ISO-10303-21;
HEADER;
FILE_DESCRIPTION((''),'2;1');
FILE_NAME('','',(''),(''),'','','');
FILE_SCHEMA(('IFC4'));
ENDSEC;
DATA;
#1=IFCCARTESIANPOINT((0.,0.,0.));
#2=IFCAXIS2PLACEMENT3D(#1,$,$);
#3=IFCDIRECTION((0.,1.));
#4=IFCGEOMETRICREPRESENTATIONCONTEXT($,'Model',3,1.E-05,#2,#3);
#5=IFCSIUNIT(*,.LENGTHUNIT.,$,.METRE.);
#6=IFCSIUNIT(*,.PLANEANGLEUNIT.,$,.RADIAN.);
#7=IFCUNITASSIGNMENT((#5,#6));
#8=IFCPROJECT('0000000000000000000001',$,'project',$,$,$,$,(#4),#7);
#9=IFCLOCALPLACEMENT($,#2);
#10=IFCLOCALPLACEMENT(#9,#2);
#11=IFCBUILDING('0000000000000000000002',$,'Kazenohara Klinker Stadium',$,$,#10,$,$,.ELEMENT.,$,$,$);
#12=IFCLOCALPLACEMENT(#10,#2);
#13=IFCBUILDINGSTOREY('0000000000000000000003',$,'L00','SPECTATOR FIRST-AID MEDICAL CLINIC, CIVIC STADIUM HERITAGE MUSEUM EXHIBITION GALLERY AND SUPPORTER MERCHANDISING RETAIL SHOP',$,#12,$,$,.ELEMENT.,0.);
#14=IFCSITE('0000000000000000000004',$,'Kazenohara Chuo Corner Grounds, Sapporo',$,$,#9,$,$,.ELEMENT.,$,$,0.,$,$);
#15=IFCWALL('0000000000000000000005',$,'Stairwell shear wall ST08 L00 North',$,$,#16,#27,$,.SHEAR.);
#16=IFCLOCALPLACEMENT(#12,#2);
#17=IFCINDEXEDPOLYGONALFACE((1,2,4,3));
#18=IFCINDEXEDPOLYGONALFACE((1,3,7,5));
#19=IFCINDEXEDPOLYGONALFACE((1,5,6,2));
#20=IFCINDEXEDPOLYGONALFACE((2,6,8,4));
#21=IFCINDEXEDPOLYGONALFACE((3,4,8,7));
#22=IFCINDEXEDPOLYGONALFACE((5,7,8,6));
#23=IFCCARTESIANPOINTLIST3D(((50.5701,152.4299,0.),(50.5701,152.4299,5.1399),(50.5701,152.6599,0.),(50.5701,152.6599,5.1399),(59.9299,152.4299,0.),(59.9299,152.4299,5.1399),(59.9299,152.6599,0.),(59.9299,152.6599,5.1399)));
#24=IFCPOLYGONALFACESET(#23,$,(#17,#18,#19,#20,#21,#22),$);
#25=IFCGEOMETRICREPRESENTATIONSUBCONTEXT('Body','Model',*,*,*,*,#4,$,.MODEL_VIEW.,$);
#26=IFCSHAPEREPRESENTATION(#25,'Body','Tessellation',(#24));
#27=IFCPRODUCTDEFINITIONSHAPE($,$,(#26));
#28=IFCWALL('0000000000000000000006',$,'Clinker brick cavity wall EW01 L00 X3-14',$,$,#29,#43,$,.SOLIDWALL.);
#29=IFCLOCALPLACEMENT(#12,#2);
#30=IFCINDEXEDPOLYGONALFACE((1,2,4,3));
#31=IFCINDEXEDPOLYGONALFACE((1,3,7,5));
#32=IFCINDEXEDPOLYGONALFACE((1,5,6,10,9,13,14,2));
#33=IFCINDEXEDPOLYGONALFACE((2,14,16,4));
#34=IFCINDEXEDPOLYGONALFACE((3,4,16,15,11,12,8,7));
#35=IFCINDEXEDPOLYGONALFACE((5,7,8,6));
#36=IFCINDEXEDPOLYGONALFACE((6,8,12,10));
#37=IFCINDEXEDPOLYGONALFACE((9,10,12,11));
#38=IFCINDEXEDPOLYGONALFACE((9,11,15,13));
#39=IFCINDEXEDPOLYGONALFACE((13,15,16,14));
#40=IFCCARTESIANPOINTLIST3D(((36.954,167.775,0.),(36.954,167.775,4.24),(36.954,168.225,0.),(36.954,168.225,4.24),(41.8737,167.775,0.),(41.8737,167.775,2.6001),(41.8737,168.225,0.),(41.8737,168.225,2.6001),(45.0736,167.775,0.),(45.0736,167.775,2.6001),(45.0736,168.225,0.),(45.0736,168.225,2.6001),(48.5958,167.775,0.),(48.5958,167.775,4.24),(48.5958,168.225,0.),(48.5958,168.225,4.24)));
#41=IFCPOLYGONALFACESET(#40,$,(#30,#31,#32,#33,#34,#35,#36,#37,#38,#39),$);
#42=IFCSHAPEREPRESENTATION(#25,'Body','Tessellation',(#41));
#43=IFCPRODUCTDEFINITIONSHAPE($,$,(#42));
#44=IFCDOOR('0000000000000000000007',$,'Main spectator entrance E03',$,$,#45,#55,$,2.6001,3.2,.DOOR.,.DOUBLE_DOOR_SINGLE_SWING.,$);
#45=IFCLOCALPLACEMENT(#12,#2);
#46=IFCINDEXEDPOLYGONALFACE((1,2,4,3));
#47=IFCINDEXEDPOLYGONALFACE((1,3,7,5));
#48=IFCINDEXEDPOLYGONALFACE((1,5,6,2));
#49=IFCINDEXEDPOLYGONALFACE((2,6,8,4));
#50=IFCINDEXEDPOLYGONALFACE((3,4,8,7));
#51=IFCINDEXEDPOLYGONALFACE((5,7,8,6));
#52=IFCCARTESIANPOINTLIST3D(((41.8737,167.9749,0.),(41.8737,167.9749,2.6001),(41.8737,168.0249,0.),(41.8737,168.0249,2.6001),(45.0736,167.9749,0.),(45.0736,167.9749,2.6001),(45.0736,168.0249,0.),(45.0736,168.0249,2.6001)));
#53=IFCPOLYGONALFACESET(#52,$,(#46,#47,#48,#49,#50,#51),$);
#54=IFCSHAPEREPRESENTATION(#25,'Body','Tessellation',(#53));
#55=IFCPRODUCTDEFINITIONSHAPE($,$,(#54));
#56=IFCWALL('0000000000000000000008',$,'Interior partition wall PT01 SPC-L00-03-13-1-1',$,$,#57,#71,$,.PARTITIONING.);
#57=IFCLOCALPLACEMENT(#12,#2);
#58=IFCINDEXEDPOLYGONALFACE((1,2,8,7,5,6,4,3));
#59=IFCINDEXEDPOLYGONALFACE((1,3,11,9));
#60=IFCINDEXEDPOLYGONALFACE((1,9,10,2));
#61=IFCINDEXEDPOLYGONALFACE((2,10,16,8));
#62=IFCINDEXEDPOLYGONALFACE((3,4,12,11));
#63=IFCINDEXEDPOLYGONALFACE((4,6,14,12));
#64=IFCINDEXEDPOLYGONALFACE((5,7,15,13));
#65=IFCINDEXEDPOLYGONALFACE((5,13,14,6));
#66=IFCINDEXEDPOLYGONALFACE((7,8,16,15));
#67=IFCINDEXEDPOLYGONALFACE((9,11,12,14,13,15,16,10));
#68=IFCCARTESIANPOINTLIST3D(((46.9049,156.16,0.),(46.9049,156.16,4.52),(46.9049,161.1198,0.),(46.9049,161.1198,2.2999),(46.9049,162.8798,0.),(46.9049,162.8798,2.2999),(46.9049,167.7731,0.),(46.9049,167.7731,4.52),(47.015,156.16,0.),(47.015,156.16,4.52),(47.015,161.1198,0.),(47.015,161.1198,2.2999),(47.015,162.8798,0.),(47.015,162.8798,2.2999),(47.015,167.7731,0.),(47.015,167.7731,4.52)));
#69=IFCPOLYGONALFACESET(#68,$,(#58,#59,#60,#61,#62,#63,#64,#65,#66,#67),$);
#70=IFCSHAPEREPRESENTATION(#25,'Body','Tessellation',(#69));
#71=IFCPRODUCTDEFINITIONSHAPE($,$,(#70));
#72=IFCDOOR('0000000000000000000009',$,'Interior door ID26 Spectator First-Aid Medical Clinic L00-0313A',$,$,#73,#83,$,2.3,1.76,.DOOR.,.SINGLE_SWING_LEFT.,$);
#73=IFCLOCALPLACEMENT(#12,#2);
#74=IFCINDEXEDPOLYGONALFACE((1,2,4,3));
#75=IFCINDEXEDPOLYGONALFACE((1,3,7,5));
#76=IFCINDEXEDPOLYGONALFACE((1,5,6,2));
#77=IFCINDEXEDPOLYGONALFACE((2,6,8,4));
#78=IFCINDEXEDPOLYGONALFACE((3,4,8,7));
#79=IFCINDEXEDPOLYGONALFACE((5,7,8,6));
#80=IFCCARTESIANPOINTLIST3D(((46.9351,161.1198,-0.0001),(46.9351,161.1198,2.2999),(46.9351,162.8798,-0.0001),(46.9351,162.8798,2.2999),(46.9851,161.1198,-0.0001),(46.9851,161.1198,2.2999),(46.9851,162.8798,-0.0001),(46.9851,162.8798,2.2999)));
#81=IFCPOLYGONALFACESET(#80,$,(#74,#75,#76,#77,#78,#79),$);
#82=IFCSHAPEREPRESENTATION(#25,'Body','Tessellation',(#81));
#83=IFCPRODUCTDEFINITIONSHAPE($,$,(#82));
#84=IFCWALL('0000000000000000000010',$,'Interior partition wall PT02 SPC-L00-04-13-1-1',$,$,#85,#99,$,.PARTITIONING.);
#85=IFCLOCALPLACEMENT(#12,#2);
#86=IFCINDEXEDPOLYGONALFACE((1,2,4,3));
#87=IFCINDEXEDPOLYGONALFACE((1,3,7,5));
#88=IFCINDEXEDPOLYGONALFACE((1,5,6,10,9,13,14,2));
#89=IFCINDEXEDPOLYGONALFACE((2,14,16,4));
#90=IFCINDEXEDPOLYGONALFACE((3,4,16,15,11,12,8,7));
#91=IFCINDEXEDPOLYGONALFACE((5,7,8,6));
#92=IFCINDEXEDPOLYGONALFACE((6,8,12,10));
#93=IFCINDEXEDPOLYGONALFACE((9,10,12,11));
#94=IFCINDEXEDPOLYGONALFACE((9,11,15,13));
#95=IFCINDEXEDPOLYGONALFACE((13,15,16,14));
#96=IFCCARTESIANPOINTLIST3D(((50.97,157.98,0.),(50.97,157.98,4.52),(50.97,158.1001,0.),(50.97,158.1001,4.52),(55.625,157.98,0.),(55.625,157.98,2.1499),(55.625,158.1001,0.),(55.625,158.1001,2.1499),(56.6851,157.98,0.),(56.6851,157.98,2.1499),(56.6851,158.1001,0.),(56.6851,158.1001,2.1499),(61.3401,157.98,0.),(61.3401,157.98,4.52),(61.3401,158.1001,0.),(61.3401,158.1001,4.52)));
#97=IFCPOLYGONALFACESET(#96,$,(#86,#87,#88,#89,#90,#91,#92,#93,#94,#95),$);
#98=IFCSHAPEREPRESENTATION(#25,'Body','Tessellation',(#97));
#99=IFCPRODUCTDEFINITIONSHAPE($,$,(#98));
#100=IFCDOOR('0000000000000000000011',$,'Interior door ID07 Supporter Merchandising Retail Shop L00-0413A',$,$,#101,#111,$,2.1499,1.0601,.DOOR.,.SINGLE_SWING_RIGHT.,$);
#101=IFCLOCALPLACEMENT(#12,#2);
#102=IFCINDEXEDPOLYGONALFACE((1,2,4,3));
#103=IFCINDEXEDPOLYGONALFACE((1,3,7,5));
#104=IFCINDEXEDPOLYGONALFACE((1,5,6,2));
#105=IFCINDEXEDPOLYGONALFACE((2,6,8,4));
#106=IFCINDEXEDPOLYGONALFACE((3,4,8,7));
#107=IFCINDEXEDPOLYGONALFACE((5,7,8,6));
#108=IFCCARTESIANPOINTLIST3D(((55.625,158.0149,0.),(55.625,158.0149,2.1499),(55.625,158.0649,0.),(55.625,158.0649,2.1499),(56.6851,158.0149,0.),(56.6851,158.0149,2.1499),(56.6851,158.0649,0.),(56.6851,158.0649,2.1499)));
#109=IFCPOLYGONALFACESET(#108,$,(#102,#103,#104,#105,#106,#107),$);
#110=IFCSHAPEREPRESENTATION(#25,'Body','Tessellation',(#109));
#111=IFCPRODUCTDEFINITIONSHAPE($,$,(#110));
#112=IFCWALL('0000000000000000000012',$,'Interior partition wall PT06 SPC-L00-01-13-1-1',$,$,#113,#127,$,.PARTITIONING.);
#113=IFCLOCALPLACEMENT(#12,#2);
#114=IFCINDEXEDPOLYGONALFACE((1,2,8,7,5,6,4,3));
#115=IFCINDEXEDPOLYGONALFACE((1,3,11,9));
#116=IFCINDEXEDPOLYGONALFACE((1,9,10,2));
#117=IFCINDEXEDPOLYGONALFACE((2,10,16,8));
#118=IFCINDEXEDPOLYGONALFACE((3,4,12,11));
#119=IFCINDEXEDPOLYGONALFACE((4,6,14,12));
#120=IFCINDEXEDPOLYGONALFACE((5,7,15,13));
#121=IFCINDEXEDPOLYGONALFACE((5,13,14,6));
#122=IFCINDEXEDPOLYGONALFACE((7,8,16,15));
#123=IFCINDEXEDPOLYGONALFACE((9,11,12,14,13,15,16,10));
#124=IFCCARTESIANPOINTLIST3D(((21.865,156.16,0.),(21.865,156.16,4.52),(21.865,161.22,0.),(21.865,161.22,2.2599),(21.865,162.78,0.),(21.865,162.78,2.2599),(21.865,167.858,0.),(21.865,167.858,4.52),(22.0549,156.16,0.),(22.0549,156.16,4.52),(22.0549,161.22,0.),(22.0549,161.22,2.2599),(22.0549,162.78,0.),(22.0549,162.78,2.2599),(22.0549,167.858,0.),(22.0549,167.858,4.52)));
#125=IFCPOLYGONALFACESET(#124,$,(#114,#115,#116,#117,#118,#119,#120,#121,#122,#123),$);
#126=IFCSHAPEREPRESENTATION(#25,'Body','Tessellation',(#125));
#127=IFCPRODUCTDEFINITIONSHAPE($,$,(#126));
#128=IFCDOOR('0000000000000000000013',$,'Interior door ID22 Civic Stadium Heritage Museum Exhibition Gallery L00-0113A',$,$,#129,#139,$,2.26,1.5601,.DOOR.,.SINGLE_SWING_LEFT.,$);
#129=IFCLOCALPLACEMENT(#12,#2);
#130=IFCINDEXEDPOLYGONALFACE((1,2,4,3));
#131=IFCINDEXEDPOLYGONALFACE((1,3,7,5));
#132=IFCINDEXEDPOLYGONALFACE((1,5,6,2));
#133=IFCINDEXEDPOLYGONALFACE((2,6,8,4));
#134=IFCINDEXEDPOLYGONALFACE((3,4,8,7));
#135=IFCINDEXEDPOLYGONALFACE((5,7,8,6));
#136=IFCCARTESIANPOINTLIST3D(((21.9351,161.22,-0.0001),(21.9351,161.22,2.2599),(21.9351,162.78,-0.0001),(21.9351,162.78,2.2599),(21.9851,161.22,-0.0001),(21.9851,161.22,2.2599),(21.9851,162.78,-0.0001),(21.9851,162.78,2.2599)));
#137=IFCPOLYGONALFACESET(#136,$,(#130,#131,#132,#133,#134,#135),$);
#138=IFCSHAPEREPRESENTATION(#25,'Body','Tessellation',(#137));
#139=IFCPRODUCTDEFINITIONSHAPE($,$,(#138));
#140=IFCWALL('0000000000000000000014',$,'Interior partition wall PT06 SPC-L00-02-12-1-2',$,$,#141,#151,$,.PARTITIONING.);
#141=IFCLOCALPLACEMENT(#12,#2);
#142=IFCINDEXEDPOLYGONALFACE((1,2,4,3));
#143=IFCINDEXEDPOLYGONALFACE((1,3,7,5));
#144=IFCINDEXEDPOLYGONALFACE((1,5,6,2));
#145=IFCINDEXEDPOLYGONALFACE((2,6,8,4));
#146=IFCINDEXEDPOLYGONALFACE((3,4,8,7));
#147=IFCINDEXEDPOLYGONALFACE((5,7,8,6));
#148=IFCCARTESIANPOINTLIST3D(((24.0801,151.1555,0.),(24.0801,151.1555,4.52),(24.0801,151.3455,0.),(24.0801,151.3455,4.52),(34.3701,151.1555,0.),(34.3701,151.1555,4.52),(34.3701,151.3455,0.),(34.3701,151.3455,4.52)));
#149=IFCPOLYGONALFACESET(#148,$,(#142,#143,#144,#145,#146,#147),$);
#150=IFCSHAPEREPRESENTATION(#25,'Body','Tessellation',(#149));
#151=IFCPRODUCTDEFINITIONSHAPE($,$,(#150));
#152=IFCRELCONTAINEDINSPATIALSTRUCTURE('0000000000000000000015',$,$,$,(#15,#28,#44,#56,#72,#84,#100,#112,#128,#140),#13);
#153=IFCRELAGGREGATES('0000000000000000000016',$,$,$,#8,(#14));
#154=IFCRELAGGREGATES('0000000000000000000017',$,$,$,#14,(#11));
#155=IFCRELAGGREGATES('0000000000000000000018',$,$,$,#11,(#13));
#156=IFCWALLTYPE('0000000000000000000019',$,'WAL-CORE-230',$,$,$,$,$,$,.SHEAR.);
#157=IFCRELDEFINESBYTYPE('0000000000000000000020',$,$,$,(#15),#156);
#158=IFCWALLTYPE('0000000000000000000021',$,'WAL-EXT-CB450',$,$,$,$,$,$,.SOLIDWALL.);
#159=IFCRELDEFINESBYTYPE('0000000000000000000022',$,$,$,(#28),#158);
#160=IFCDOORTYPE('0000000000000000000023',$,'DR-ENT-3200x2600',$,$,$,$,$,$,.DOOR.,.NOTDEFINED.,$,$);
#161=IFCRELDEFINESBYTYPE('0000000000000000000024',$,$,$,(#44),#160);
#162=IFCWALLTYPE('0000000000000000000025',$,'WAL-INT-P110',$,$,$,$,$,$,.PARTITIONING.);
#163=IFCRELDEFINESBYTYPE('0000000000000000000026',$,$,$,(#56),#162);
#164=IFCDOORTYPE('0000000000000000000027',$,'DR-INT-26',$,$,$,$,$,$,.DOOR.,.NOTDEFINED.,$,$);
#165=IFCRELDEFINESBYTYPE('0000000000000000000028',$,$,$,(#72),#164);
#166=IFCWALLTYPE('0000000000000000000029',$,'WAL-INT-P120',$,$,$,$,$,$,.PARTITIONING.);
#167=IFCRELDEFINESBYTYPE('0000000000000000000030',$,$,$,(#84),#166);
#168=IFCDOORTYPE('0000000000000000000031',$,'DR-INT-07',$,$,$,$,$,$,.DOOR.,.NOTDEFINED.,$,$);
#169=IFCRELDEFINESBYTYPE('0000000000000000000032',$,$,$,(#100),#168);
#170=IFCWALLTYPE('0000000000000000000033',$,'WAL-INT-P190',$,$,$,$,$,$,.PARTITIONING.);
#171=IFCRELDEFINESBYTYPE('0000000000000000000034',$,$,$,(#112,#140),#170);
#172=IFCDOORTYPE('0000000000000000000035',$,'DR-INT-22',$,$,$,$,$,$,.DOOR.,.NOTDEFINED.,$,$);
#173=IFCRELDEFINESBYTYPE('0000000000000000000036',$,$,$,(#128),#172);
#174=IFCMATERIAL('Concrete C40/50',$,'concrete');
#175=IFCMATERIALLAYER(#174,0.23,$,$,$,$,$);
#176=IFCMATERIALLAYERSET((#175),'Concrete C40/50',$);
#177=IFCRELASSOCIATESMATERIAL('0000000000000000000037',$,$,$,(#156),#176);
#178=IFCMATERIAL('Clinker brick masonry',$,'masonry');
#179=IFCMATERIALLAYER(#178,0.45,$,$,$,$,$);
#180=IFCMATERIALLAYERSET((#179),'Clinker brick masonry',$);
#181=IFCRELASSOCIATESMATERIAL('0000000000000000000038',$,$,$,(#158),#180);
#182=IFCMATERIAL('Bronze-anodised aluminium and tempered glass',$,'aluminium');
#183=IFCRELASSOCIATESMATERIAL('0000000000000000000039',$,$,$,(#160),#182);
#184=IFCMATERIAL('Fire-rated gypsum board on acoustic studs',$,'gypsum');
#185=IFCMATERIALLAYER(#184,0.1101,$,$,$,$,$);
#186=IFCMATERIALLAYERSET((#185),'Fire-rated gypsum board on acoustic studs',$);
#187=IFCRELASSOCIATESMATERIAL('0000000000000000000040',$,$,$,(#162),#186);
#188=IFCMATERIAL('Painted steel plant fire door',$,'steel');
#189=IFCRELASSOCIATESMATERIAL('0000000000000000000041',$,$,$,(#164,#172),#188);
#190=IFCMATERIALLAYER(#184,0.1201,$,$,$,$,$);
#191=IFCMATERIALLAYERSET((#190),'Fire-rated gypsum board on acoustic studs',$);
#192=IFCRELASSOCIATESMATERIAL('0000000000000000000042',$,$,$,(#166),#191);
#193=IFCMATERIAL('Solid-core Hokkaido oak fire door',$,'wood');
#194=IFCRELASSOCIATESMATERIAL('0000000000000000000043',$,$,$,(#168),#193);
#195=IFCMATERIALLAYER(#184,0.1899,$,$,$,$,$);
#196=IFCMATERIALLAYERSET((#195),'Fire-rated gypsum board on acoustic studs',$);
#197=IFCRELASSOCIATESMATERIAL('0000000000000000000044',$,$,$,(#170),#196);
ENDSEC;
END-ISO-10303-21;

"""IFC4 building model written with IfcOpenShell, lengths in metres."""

from ifc_helpers import new_model, si_unit, direction, frame, frame_2d, origin, place, context, subcontext, project, spatial, rectangle, extrude, material, layer, layer_set, type_object, element, fill, save


model = new_model("IFC4")

# Units and contexts
model_context = context("Model", 3, precision=1e-05, world=origin(), true_north=direction((0.0, 1.0)))
body_context = subcontext(model_context, "Body", "Model", "MODEL_VIEW")
ifc_project = project(units=[si_unit("LENGTHUNIT", "METRE"), si_unit("PLANEANGLEUNIT", "RADIAN")], contexts=[model_context])

# Site, building, storey
site_placement = place(None, origin())
site = spatial("IfcSite", under=ifc_project, at=site_placement, Name="Kazenohara Chuo Corner Grounds, Sapporo", CompositionType="ELEMENT", RefElevation=0.0)
building_placement = place(site_placement, origin())
building = spatial("IfcBuilding", under=site, at=building_placement, Name="Kazenohara Klinker Stadium", CompositionType="ELEMENT")
storey_placement = place(building_placement, origin())
storey = spatial("IfcBuildingStorey", under=building, at=storey_placement, Name="L00", Description="SPECTATOR FIRST-AID MEDICAL CLINIC, CIVIC STADIUM HERITAGE MUSEUM EXHIBITION GALLERY AND SUPPORTER MERCHANDISING RETAIL SHOP", CompositionType="ELEMENT", Elevation=0.0)

# Shared definitions
ifc_material_1 = material(Name="Concrete C40/50", Category="concrete")

# Wall
ifc_layer_1 = layer(ifc_material_1, 0.23)
ifc_layer_set_1 = layer_set([ifc_layer_1], Name="Concrete C40/50")
wall_type_1 = type_object("IfcWallType", Name="WAL-CORE-230", PredefinedType="SHEAR", material=ifc_layer_set_1)
wall_1_placement = place(storey_placement, frame((50.5701, 152.5449, 0.0), z_axis=(0.0, 0.0, 1.0), x_axis=(1.0, 0.0, 0.0)))
element("IfcWall", 1, at=wall_1_placement, inside=storey, type_object=wall_type_1, Name="Stairwell shear wall ST08 L00 North", PredefinedType="SHEAR", context=body_context, shape_type="SweptSolid", body=[
    extrude(rectangle(XDim=9.3599, YDim=0.23, at=frame_2d((4.6799, 0.0))), origin(), (0.0, 0.0, 1.0), 5.1399),
])

# Walls, openings, doors
ifc_material_2 = material(Name="Clinker brick masonry", Category="masonry")
ifc_layer_2 = layer(ifc_material_2, 0.45)
ifc_layer_set_2 = layer_set([ifc_layer_2], Name="Clinker brick masonry")
wall_type_2 = type_object("IfcWallType", Name="WAL-EXT-CB450", PredefinedType="SOLIDWALL", material=ifc_layer_set_2)
wall_2_placement = place(storey_placement, frame((36.9541, 168.0, 0.0), z_axis=(0.0, 0.0, 1.0), x_axis=(1.0, 0.0, 0.0)))
wall_2 = element("IfcWall", 2, at=wall_2_placement, inside=storey, type_object=wall_type_2, Name="Clinker brick cavity wall EW01 L00 X3-14", PredefinedType="SOLIDWALL", context=body_context, shape_type="SweptSolid", body=[
    extrude(rectangle(XDim=11.6418, YDim=0.45, at=frame_2d((5.8208, 0.0))), origin(), (0.0, 0.0, 1.0), 4.24),
])
opening_1_placement = place(wall_2_placement, frame((4.9194, 0.0, 0.0)))
opening_1 = element("IfcOpeningElement", 3, at=opening_1_placement, cuts=wall_2, PredefinedType="OPENING", context=body_context, shape_type="SweptSolid", body=[
    extrude(rectangle(XDim=3.2, YDim=2.6001, at=frame_2d((1.6001, 1.3))), frame((0.0, 0.2349, 0.0), z_axis=(0.0, -1.0, 0.0), x_axis=(1.0, 0.0, 0.0)), (0.0, 0.0, 1.0), 0.47),
])
ifc_material_3 = material(Name="Bronze-anodised aluminium and tempered glass", Category="aluminium")
door_type_1 = type_object("IfcDoorType", Name="DR-ENT-3200x2600", OperationType="NOTDEFINED", PredefinedType="DOOR", material=ifc_material_3)
door_1_placement = place(opening_1_placement, origin())
door_1 = element("IfcDoor", 4, at=door_1_placement, inside=storey, type_object=door_type_1, Name="Main spectator entrance E03", OperationType="DOUBLE_DOOR_SINGLE_SWING", OverallHeight=2.6001, OverallWidth=3.2, PredefinedType="DOOR", context=body_context, shape_type="SweptSolid", body=[
    extrude(rectangle(XDim=3.2, YDim=2.6001, at=frame_2d((1.6001, 1.3))), frame((0.0, 0.0249, 0.0), z_axis=(0.0, -1.0, 0.0), x_axis=(1.0, 0.0, 0.0)), (0.0, 0.0, 1.0), 0.05),
])
fill(opening_1, door_1)
ifc_material_4 = material(Name="Fire-rated gypsum board on acoustic studs", Category="gypsum")
ifc_layer_3 = layer(ifc_material_4, 0.1101)
ifc_layer_set_3 = layer_set([ifc_layer_3], Name="Fire-rated gypsum board on acoustic studs")
wall_type_3 = type_object("IfcWallType", Name="WAL-INT-P110", PredefinedType="PARTITIONING", material=ifc_layer_set_3)
wall_3_placement = place(storey_placement, frame((46.96, 156.1599, 0.0), z_axis=(0.0, 0.0, 1.0), x_axis=(0.0, 1.0, 0.0)))
wall_3 = element("IfcWall", 5, at=wall_3_placement, inside=storey, type_object=wall_type_3, Name="Interior partition wall PT01 SPC-L00-03-13-1-1", PredefinedType="PARTITIONING", context=body_context, shape_type="SweptSolid", body=[
    extrude(rectangle(XDim=11.613, YDim=0.1101, at=frame_2d((5.8066, 0.0))), origin(), (0.0, 0.0, 1.0), 4.52),
])
opening_2_placement = place(wall_3_placement, frame((4.96, 0.0, 0.0)))
opening_2 = element("IfcOpeningElement", 6, at=opening_2_placement, cuts=wall_3, PredefinedType="OPENING", context=body_context, shape_type="SweptSolid", body=[
    extrude(rectangle(XDim=1.76, YDim=2.3, at=frame_2d((0.8799, 1.1499))), frame((0.0, 0.0649, 0.0), z_axis=(0.0, -1.0, 0.0), x_axis=(1.0, 0.0, 0.0)), (0.0, 0.0, 1.0), 0.1301),
])
ifc_material_5 = material(Name="Painted steel plant fire door", Category="steel")
door_type_2 = type_object("IfcDoorType", Name="DR-INT-26", OperationType="NOTDEFINED", PredefinedType="DOOR", material=ifc_material_5)
door_2_placement = place(opening_2_placement, origin())
door_2 = element("IfcDoor", 7, at=door_2_placement, inside=storey, type_object=door_type_2, Name="Interior door ID26 Spectator First-Aid Medical Clinic L00-0313A", OperationType="SINGLE_SWING_LEFT", OverallHeight=2.3, OverallWidth=1.76, PredefinedType="DOOR", context=body_context, shape_type="SweptSolid", body=[
    extrude(rectangle(XDim=1.76, YDim=2.3, at=frame_2d((0.8799, 1.1499))), frame((0.0, 0.0249, 0.0), z_axis=(0.0, -1.0, 0.0), x_axis=(1.0, 0.0, 0.0)), (0.0, 0.0, 1.0), 0.05),
])
fill(opening_2, door_2)
ifc_layer_4 = layer(ifc_material_4, 0.1201)
ifc_layer_set_4 = layer_set([ifc_layer_4], Name="Fire-rated gypsum board on acoustic studs")
wall_type_4 = type_object("IfcWallType", Name="WAL-INT-P120", PredefinedType="PARTITIONING", material=ifc_layer_set_4)
wall_4_placement = place(storey_placement, frame((50.97, 158.04, 0.0), z_axis=(0.0, 0.0, 1.0), x_axis=(1.0, 0.0, 0.0)))
wall_4 = element("IfcWall", 8, at=wall_4_placement, inside=storey, type_object=wall_type_4, Name="Interior partition wall PT02 SPC-L00-04-13-1-1", PredefinedType="PARTITIONING", context=body_context, shape_type="SweptSolid", body=[
    extrude(rectangle(XDim=10.3701, YDim=0.1201, at=frame_2d((5.1851, 0.0))), origin(), (0.0, 0.0, 1.0), 4.52),
])
opening_3_placement = place(wall_4_placement, frame((4.655, 0.0, 0.0)))
opening_3 = element("IfcOpeningElement", 9, at=opening_3_placement, cuts=wall_4, PredefinedType="OPENING", context=body_context, shape_type="SweptSolid", body=[
    extrude(rectangle(XDim=1.0601, YDim=2.1499, at=frame_2d((0.53, 1.075))), frame((0.0, 0.0701, 0.0), z_axis=(0.0, -1.0, 0.0), x_axis=(1.0, 0.0, 0.0)), (0.0, 0.0, 1.0), 0.1401),
])
ifc_material_6 = material(Name="Solid-core Hokkaido oak fire door", Category="wood")
door_type_3 = type_object("IfcDoorType", Name="DR-INT-07", OperationType="NOTDEFINED", PredefinedType="DOOR", material=ifc_material_6)
door_3_placement = place(opening_3_placement, origin())
door_3 = element("IfcDoor", 10, at=door_3_placement, inside=storey, type_object=door_type_3, Name="Interior door ID07 Supporter Merchandising Retail Shop L00-0413A", OperationType="SINGLE_SWING_RIGHT", OverallHeight=2.1499, OverallWidth=1.0601, PredefinedType="DOOR", context=body_context, shape_type="SweptSolid", body=[
    extrude(rectangle(XDim=1.0601, YDim=2.1499, at=frame_2d((0.53, 1.075))), frame((0.0, 0.0249, 0.0), z_axis=(0.0, -1.0, 0.0), x_axis=(1.0, 0.0, 0.0)), (0.0, 0.0, 1.0), 0.05),
])
fill(opening_3, door_3)
ifc_layer_5 = layer(ifc_material_4, 0.1899)
ifc_layer_set_5 = layer_set([ifc_layer_5], Name="Fire-rated gypsum board on acoustic studs")
wall_type_5 = type_object("IfcWallType", Name="WAL-INT-P190", PredefinedType="PARTITIONING", material=ifc_layer_set_5)
wall_5_placement = place(storey_placement, frame((21.96, 156.1599, 0.0), z_axis=(0.0, 0.0, 1.0), x_axis=(0.0, 1.0, 0.0)))
wall_5 = element("IfcWall", 11, at=wall_5_placement, inside=storey, type_object=wall_type_5, Name="Interior partition wall PT06 SPC-L00-01-13-1-1", PredefinedType="PARTITIONING", context=body_context, shape_type="SweptSolid", body=[
    extrude(rectangle(XDim=11.698, YDim=0.1899, at=frame_2d((5.8491, 0.0))), origin(), (0.0, 0.0, 1.0), 4.52),
])
opening_4_placement = place(wall_5_placement, frame((5.0601, 0.0, 0.0)))
opening_4 = element("IfcOpeningElement", 12, at=opening_4_placement, cuts=wall_5, PredefinedType="OPENING", context=body_context, shape_type="SweptSolid", body=[
    extrude(rectangle(XDim=1.5601, YDim=2.26, at=frame_2d((0.78, 1.1299))), frame((0.0, 0.105, 0.0), z_axis=(0.0, -1.0, 0.0), x_axis=(1.0, 0.0, 0.0)), (0.0, 0.0, 1.0), 0.21),
])
door_type_4 = type_object("IfcDoorType", Name="DR-INT-22", OperationType="NOTDEFINED", PredefinedType="DOOR", material=ifc_material_5)
door_4_placement = place(opening_4_placement, origin())
door_4 = element("IfcDoor", 13, at=door_4_placement, inside=storey, type_object=door_type_4, Name="Interior door ID22 Civic Stadium Heritage Museum Exhibition Gallery L00-0113A", OperationType="SINGLE_SWING_LEFT", OverallHeight=2.26, OverallWidth=1.5601, PredefinedType="DOOR", context=body_context, shape_type="SweptSolid", body=[
    extrude(rectangle(XDim=1.5601, YDim=2.26, at=frame_2d((0.78, 1.1299))), frame((0.0, 0.0249, 0.0), z_axis=(0.0, -1.0, 0.0), x_axis=(1.0, 0.0, 0.0)), (0.0, 0.0, 1.0), 0.05),
])
fill(opening_4, door_4)

# Wall
wall_6_placement = place(storey_placement, frame((24.0801, 151.2505, 0.0), z_axis=(0.0, 0.0, 1.0), x_axis=(1.0, 0.0, 0.0)))
element("IfcWall", 14, at=wall_6_placement, inside=storey, type_object=wall_type_5, Name="Interior partition wall PT06 SPC-L00-02-12-1-2", PredefinedType="PARTITIONING", context=body_context, shape_type="SweptSolid", body=[
    extrude(rectangle(XDim=10.29, YDim=0.1899, at=frame_2d((5.145, 0.0))), origin(), (0.0, 0.0, 1.0), 4.52),
])

save(model, "model.ifc")
